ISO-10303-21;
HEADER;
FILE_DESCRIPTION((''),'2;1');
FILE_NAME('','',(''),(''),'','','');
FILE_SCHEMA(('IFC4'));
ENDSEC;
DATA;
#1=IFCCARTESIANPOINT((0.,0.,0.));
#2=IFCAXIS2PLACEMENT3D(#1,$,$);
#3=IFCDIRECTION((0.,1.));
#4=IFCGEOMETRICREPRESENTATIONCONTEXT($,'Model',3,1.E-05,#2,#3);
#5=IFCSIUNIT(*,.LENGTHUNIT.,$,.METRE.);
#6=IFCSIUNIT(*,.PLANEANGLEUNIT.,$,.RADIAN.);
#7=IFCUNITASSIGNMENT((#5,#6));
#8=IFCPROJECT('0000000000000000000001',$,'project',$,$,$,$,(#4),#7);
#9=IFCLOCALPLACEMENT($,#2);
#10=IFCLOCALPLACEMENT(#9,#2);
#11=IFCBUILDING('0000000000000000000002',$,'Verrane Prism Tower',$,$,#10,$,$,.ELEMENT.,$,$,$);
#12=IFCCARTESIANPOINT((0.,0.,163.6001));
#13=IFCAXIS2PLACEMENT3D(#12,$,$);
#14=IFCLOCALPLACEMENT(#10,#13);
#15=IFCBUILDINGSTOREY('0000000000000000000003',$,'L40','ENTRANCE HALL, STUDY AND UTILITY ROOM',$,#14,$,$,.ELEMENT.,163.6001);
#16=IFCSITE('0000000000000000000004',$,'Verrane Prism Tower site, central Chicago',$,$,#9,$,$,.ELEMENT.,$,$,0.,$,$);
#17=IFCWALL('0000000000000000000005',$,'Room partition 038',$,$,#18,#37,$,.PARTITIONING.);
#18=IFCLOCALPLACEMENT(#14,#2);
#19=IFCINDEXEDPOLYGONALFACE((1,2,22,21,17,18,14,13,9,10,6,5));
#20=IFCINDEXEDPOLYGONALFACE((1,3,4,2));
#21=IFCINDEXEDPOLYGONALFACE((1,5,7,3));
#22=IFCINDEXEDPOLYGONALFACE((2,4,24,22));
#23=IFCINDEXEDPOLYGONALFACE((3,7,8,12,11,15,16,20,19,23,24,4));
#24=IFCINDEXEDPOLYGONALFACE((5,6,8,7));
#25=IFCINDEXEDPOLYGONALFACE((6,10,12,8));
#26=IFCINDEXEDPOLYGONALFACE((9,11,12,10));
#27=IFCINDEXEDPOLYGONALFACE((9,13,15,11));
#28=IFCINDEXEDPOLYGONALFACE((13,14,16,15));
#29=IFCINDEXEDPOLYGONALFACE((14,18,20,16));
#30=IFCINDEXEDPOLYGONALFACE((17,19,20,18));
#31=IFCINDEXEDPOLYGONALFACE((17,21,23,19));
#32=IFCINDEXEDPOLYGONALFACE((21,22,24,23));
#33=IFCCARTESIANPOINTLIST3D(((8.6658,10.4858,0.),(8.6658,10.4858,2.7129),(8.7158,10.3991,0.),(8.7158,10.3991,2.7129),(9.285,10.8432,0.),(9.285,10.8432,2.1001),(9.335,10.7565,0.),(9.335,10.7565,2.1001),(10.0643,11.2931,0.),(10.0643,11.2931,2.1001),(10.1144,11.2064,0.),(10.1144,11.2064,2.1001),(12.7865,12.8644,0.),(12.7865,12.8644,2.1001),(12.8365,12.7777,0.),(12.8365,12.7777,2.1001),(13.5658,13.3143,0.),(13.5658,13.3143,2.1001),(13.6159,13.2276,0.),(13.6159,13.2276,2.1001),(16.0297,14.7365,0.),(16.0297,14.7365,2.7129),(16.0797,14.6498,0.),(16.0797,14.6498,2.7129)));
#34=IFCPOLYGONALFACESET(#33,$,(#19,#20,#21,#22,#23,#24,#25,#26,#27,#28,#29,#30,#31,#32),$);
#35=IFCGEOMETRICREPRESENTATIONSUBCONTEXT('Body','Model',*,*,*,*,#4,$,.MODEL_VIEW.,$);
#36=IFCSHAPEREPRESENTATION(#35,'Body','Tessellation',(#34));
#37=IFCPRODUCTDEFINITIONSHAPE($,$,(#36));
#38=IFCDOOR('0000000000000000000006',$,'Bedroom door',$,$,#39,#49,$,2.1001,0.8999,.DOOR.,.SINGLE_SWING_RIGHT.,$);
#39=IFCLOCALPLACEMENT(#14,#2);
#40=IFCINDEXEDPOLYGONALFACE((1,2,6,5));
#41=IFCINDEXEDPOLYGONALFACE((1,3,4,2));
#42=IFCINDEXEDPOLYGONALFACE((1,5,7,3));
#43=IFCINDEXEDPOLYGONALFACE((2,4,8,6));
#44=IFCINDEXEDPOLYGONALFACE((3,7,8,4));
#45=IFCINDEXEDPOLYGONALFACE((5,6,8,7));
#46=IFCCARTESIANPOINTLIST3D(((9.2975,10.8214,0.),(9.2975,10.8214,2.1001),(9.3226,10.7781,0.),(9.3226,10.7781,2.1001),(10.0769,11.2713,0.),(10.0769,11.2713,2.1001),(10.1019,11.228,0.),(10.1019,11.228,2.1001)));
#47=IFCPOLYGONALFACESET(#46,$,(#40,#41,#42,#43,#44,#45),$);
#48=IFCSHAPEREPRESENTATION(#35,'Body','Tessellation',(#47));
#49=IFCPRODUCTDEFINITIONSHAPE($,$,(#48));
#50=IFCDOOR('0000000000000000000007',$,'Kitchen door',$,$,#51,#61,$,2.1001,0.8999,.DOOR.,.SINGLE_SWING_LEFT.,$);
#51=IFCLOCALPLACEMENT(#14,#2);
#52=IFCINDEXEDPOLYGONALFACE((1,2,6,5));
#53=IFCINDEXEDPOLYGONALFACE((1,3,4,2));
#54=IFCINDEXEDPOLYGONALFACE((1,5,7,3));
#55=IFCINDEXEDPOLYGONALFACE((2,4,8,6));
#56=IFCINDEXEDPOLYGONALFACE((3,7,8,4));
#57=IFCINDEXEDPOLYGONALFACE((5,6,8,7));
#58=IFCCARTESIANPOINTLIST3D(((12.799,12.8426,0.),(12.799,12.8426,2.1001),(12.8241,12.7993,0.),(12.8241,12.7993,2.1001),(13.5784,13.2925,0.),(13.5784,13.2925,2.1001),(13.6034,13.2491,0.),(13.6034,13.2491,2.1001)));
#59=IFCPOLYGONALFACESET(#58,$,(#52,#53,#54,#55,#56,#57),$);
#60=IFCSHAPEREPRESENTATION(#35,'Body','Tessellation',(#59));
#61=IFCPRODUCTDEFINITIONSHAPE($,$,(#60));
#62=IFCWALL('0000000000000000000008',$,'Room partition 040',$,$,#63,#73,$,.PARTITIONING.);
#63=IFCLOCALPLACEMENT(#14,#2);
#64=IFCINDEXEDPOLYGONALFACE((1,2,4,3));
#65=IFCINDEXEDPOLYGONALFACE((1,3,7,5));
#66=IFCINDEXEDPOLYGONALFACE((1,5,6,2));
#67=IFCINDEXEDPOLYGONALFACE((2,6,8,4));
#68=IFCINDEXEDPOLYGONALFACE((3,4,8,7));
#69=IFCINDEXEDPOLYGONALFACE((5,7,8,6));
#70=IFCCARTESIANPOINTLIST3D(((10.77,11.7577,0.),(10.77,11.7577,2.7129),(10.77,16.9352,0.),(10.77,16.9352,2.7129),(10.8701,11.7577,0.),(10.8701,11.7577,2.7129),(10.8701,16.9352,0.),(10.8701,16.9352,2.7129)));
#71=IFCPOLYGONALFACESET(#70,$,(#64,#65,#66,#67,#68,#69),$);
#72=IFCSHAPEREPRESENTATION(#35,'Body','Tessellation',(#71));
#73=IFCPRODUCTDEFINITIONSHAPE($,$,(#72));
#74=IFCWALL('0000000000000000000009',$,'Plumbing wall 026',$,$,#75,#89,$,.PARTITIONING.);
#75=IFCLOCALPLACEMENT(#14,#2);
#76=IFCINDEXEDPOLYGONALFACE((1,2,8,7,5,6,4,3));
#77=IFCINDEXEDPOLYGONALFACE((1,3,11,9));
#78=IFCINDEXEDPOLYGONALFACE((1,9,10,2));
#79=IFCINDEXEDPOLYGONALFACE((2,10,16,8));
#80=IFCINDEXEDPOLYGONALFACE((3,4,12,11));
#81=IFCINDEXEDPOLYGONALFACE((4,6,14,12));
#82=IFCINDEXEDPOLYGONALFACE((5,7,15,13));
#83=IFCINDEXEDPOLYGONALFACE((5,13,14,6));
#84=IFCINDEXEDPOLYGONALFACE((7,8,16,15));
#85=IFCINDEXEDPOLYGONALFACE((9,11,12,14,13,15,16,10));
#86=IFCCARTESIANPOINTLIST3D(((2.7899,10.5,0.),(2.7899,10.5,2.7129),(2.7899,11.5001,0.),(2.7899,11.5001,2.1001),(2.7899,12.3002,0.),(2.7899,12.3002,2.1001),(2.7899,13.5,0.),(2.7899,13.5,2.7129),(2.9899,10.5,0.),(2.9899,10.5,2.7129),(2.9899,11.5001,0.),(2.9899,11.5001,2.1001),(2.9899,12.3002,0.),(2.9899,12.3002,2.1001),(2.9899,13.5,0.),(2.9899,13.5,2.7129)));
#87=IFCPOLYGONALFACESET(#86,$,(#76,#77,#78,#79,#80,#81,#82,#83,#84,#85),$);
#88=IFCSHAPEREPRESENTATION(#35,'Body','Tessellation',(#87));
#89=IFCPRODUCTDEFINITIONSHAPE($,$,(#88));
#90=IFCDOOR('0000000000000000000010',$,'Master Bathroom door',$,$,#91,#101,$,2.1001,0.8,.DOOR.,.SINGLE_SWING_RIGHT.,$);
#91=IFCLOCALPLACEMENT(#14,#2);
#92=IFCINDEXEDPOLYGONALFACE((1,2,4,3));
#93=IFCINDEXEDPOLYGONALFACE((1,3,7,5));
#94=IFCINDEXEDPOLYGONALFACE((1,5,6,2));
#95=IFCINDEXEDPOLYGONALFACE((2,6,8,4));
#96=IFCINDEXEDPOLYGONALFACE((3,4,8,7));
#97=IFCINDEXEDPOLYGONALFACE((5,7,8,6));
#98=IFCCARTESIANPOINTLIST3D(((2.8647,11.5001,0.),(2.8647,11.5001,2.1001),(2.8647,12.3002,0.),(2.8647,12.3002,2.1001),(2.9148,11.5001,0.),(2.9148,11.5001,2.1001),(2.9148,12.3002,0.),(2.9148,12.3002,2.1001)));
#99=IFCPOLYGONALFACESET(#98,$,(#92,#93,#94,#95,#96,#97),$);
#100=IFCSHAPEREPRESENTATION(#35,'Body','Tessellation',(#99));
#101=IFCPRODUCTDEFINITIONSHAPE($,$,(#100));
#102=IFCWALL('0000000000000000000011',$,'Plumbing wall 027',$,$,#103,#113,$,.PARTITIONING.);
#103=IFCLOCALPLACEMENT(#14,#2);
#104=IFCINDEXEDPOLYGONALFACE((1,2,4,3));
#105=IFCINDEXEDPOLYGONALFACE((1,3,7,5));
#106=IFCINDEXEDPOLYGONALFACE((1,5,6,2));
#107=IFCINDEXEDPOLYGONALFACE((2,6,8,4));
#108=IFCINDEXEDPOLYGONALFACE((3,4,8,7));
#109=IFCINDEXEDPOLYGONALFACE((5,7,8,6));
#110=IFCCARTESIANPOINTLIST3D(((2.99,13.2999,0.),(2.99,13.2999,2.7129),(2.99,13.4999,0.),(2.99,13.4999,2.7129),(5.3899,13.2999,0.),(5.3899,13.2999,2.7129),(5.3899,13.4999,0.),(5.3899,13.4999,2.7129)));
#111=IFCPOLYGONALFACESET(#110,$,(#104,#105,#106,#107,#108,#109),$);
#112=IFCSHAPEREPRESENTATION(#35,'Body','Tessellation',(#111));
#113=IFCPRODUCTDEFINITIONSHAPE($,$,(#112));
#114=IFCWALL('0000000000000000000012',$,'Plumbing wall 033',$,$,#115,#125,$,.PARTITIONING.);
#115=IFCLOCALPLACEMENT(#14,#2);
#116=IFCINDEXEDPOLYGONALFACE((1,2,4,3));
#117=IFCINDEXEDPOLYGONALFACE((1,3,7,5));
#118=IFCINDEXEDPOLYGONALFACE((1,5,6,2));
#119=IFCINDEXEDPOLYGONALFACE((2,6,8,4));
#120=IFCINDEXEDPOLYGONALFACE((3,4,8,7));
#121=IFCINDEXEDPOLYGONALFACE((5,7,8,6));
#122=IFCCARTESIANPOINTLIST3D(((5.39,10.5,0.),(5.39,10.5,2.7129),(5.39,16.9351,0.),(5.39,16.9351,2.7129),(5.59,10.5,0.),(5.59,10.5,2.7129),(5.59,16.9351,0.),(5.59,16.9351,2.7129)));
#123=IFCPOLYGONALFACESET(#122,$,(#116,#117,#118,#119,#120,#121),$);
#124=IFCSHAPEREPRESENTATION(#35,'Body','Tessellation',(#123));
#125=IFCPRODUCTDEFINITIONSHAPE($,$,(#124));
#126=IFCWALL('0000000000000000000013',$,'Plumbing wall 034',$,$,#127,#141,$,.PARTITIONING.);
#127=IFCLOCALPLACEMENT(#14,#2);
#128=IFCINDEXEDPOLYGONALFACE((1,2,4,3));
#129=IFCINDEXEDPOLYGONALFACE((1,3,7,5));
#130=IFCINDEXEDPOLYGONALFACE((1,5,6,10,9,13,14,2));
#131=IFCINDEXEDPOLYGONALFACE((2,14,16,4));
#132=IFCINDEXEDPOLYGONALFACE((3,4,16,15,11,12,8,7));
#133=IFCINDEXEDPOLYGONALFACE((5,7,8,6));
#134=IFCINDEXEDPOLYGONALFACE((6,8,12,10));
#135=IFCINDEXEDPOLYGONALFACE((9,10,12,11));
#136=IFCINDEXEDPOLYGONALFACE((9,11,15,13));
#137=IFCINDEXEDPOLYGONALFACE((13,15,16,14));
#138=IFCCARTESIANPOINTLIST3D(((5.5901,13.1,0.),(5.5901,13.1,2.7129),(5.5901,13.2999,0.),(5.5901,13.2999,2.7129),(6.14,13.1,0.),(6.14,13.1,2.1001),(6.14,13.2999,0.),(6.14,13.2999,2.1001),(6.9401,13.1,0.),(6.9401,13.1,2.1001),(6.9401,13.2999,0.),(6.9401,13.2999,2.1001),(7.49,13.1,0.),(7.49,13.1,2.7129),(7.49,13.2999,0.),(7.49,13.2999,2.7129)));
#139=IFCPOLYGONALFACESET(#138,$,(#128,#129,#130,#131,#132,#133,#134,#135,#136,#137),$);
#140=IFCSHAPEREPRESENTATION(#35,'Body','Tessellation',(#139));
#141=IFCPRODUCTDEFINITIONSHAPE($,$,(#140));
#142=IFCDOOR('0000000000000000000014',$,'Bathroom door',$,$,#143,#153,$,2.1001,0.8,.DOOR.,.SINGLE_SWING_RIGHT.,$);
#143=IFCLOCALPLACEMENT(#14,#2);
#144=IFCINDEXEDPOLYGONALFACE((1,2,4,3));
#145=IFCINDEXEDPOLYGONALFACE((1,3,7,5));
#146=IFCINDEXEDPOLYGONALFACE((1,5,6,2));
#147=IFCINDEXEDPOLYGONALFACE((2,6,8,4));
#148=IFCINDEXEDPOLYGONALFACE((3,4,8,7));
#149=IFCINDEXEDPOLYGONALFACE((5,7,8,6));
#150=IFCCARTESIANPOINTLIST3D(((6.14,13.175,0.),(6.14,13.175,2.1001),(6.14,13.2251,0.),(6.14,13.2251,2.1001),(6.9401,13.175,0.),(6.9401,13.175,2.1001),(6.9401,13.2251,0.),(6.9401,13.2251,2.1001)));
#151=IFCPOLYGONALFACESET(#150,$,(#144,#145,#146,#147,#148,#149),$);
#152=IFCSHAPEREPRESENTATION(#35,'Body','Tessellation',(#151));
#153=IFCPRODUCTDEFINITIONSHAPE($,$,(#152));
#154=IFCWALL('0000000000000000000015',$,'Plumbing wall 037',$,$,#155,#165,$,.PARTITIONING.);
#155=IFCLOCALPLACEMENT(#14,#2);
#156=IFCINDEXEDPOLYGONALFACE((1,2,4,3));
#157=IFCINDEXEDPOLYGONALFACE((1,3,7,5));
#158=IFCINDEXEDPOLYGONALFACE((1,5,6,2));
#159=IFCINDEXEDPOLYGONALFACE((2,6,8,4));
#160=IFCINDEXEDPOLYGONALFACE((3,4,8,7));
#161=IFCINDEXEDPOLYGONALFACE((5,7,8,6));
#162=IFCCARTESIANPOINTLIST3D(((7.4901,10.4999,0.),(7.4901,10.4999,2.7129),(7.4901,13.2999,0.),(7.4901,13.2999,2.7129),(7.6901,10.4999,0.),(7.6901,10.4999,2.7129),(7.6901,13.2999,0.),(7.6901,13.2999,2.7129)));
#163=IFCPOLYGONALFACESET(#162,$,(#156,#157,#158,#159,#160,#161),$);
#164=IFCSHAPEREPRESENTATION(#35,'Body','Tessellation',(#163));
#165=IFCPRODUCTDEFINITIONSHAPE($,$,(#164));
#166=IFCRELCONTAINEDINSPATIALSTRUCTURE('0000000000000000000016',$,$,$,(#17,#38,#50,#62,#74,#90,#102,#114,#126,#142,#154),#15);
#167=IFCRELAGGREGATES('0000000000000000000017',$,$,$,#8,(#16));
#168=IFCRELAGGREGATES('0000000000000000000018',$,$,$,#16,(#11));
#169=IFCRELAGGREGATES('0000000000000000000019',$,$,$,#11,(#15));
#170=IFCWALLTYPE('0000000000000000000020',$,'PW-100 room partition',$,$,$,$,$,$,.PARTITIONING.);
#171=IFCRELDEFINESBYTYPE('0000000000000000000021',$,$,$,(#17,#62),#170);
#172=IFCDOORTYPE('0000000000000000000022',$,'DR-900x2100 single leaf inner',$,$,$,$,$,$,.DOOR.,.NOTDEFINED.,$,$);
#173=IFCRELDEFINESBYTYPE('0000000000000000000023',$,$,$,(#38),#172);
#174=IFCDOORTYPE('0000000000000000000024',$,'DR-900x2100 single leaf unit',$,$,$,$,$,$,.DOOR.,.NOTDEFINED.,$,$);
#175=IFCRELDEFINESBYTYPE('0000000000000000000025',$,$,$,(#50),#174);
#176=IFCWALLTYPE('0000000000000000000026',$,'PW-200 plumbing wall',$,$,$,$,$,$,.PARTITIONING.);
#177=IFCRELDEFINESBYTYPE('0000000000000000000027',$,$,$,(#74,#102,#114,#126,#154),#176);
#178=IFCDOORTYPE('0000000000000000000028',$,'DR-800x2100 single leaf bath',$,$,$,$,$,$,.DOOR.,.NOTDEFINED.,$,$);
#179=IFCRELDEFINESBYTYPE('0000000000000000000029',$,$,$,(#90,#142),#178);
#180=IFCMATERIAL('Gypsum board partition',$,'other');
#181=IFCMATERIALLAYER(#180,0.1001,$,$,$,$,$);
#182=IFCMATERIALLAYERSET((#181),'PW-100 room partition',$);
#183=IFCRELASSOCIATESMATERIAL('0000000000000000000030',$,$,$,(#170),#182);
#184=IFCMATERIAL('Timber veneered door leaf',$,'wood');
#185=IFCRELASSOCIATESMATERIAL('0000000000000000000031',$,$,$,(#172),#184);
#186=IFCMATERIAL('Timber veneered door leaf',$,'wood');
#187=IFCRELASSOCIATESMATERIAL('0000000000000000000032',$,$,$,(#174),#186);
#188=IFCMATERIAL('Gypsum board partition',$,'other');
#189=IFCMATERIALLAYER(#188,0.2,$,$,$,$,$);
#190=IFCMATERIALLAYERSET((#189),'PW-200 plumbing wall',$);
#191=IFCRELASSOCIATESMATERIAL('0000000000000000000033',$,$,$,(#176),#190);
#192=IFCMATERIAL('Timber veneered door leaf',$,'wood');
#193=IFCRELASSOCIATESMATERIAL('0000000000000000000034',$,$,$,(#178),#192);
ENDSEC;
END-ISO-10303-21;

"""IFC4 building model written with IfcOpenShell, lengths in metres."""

from ifc_helpers import new_model, si_unit, direction, frame, frame_2d, origin, place, context, subcontext, project, spatial, rectangle, extrude, material, layer, layer_set, type_object, element, fill, save


model = new_model("IFC4")

# Units and contexts
model_context = context("Model", 3, precision=1e-05, world=origin(), true_north=direction((0.0, 1.0)))
body_context = subcontext(model_context, "Body", "Model", "MODEL_VIEW")
ifc_project = project(units=[si_unit("LENGTHUNIT", "METRE"), si_unit("PLANEANGLEUNIT", "RADIAN")], contexts=[model_context])

# Site, building, storey
site_placement = place(None, origin())
site = spatial("IfcSite", under=ifc_project, at=site_placement, Name="Verrane Prism Tower site, central Chicago", CompositionType="ELEMENT", RefElevation=0.0)
building_placement = place(site_placement, origin())
building = spatial("IfcBuilding", under=site, at=building_placement, Name="Verrane Prism Tower", CompositionType="ELEMENT")
storey_placement = place(building_placement, frame((0.0, 0.0, 163.6001)))
storey = spatial("IfcBuildingStorey", under=building, at=storey_placement, Name="L40", Description="ENTRANCE HALL, STUDY AND UTILITY ROOM", CompositionType="ELEMENT", Elevation=163.6001)

# Wall, openings, doors
ifc_material_1 = material(Name="Gypsum board partition", Category="other")
ifc_layer_1 = layer(ifc_material_1, 0.1001)
ifc_layer_set_1 = layer_set([ifc_layer_1], Name="PW-100 room partition")
wall_type_1 = type_object("IfcWallType", Name="PW-100 room partition", PredefinedType="PARTITIONING", material=ifc_layer_set_1)
wall_1_placement = place(storey_placement, frame((8.6907, 10.4424, 0.0), z_axis=(0.0, 0.0, 1.0), x_axis=(0.86607, 0.499922, 0.0)))
wall_1 = element("IfcWall", 1, at=wall_1_placement, inside=storey, type_object=wall_type_1, Name="Room partition 038", PredefinedType="PARTITIONING", context=body_context, shape_type="SweptSolid", body=[
    extrude(rectangle(XDim=8.5027, YDim=0.1001, at=frame_2d((4.2515, 0.0))), origin(), (0.0, 0.0, 1.0), 2.7129),
])
opening_1_placement = place(wall_1_placement, frame((4.7581, 0.0, 0.0)))
opening_1 = element("IfcOpeningElement", 2, at=opening_1_placement, cuts=wall_1, PredefinedType="OPENING", context=body_context, shape_type="SweptSolid", body=[
    extrude(rectangle(XDim=0.8999, YDim=2.1001, at=frame_2d((0.45, 1.05))), frame((0.0, 0.0601, 0.0), z_axis=(0.0, -1.0, 0.0), x_axis=(1.0, 0.0, 0.0)), (0.0, 0.0, 1.0), 0.1201),
])
opening_2_placement = place(wall_1_placement, frame((0.7151, 0.0, 0.0)))
opening_2 = element("IfcOpeningElement", 3, at=opening_2_placement, cuts=wall_1, PredefinedType="OPENING", context=body_context, shape_type="SweptSolid", body=[
    extrude(rectangle(XDim=0.8999, YDim=2.1001, at=frame_2d((0.45, 1.05))), frame((0.0, 0.0601, 0.0), z_axis=(0.0, -1.0, 0.0), x_axis=(1.0, 0.0, 0.0)), (0.0, 0.0, 1.0), 0.1201),
])
ifc_material_2 = material(Name="Timber veneered door leaf", Category="wood")
door_type_1 = type_object("IfcDoorType", Name="DR-900x2100 single leaf inner", OperationType="NOTDEFINED", PredefinedType="DOOR", material=ifc_material_2)
door_1_placement = place(opening_2_placement, origin())
door_1 = element("IfcDoor", 4, at=door_1_placement, inside=storey, type_object=door_type_1, Name="Bedroom door", OperationType="SINGLE_SWING_RIGHT", OverallHeight=2.1001, OverallWidth=0.8999, PredefinedType="DOOR", context=body_context, shape_type="SweptSolid", body=[
    extrude(rectangle(XDim=0.8999, YDim=2.1001, at=frame_2d((0.45, 1.05))), frame((0.0, 0.0249, 0.0), z_axis=(0.0, -1.0, 0.0), x_axis=(1.0, 0.0, 0.0)), (0.0, 0.0, 1.0), 0.05),
])
fill(opening_2, door_1)
ifc_material_3 = material(Name="Timber veneered door leaf", Category="wood")
door_type_2 = type_object("IfcDoorType", Name="DR-900x2100 single leaf unit", OperationType="NOTDEFINED", PredefinedType="DOOR", material=ifc_material_3)
door_2_placement = place(opening_1_placement, origin())
door_2 = element("IfcDoor", 5, at=door_2_placement, inside=storey, type_object=door_type_2, Name="Kitchen door", OperationType="SINGLE_SWING_LEFT", OverallHeight=2.1001, OverallWidth=0.8999, PredefinedType="DOOR", context=body_context, shape_type="SweptSolid", body=[
    extrude(rectangle(XDim=0.8999, YDim=2.1001, at=frame_2d((0.45, 1.05))), frame((0.0, 0.0249, 0.0), z_axis=(0.0, -1.0, 0.0), x_axis=(1.0, 0.0, 0.0)), (0.0, 0.0, 1.0), 0.05),
])
fill(opening_1, door_2)

# Wall
wall_2_placement = place(storey_placement, frame((10.8201, 11.7576, 0.0), z_axis=(0.0, 0.0, 1.0), x_axis=(0.0, 1.0, 0.0)))
element("IfcWall", 6, at=wall_2_placement, inside=storey, type_object=wall_type_1, Name="Room partition 040", PredefinedType="PARTITIONING", context=body_context, shape_type="SweptSolid", body=[
    extrude(rectangle(XDim=5.1775, YDim=0.1001, at=frame_2d((2.5889, 0.0))), origin(), (0.0, 0.0, 1.0), 2.7129),
])

# Wall, opening, door
ifc_material_4 = material(Name="Gypsum board partition", Category="other")
ifc_layer_2 = layer(ifc_material_4, 0.2)
ifc_layer_set_2 = layer_set([ifc_layer_2], Name="PW-200 plumbing wall")
wall_type_2 = type_object("IfcWallType", Name="PW-200 plumbing wall", PredefinedType="PARTITIONING", material=ifc_layer_set_2)
wall_3_placement = place(storey_placement, frame((2.8899, 13.5, 0.0), z_axis=(0.0, 0.0, 1.0), x_axis=(0.0, -1.0, 0.0)))
wall_3 = element("IfcWall", 7, at=wall_3_placement, inside=storey, type_object=wall_type_2, Name="Plumbing wall 026", PredefinedType="PARTITIONING", context=body_context, shape_type="SweptSolid", body=[
    extrude(rectangle(XDim=3.0, YDim=0.2, at=frame_2d((1.5, 0.0))), origin(), (0.0, 0.0, 1.0), 2.7129),
])
opening_3_placement = place(wall_3_placement, frame((1.2, 0.0, 0.0)))
opening_3 = element("IfcOpeningElement", 8, at=opening_3_placement, cuts=wall_3, PredefinedType="OPENING", context=body_context, shape_type="SweptSolid", body=[
    extrude(rectangle(XDim=0.8, YDim=2.1001, at=frame_2d((0.3999, 1.05))), frame((0.0, 0.1099, 0.0), z_axis=(0.0, -1.0, 0.0), x_axis=(1.0, 0.0, 0.0)), (0.0, 0.0, 1.0), 0.22),
])
ifc_material_5 = material(Name="Timber veneered door leaf", Category="wood")
door_type_3 = type_object("IfcDoorType", Name="DR-800x2100 single leaf bath", OperationType="NOTDEFINED", PredefinedType="DOOR", material=ifc_material_5)
door_3_placement = place(opening_3_placement, origin())
door_3 = element("IfcDoor", 9, at=door_3_placement, inside=storey, type_object=door_type_3, Name="Master Bathroom door", OperationType="SINGLE_SWING_RIGHT", OverallHeight=2.1001, OverallWidth=0.8, PredefinedType="DOOR", context=body_context, shape_type="SweptSolid", body=[
    extrude(rectangle(XDim=0.8, YDim=2.1001, at=frame_2d((0.3999, 1.05))), frame((0.0, 0.0249, 0.0), z_axis=(0.0, -1.0, 0.0), x_axis=(1.0, 0.0, 0.0)), (0.0, 0.0, 1.0), 0.05),
])
fill(opening_3, door_3)

# Walls
wall_4_placement = place(storey_placement, frame((2.99, 13.3999, 0.0), z_axis=(0.0, 0.0, 1.0), x_axis=(1.0, 0.0, 0.0)))
element("IfcWall", 10, at=wall_4_placement, inside=storey, type_object=wall_type_2, Name="Plumbing wall 027", PredefinedType="PARTITIONING", context=body_context, shape_type="SweptSolid", body=[
    extrude(rectangle(XDim=2.3999, YDim=0.2, at=frame_2d((1.2, 0.0))), origin(), (0.0, 0.0, 1.0), 2.7129),
])
wall_5_placement = place(storey_placement, frame((5.49, 10.5, 0.0), z_axis=(0.0, 0.0, 1.0), x_axis=(0.0, 1.0, 0.0)))
element("IfcWall", 11, at=wall_5_placement, inside=storey, type_object=wall_type_2, Name="Plumbing wall 033", PredefinedType="PARTITIONING", context=body_context, shape_type="SweptSolid", body=[
    extrude(rectangle(XDim=6.4351, YDim=0.2, at=frame_2d((3.2175, 0.0))), origin(), (0.0, 0.0, 1.0), 2.7129),
])

# Wall, opening, door
wall_6_placement = place(storey_placement, frame((7.49, 13.2, 0.0), z_axis=(0.0, 0.0, 1.0), x_axis=(-1.0, 0.0, 0.0)))
wall_6 = element("IfcWall", 12, at=wall_6_placement, inside=storey, type_object=wall_type_2, Name="Plumbing wall 034", PredefinedType="PARTITIONING", context=body_context, shape_type="SweptSolid", body=[
    extrude(rectangle(XDim=1.8999, YDim=0.2, at=frame_2d((0.95, 0.0))), origin(), (0.0, 0.0, 1.0), 2.7129),
])
opening_4_placement = place(wall_6_placement, frame((0.55, 0.0, 0.0)))
opening_4 = element("IfcOpeningElement", 13, at=opening_4_placement, cuts=wall_6, PredefinedType="OPENING", context=body_context, shape_type="SweptSolid", body=[
    extrude(rectangle(XDim=0.8, YDim=2.1001, at=frame_2d((0.3999, 1.05))), frame((0.0, 0.1099, 0.0), z_axis=(0.0, -1.0, 0.0), x_axis=(1.0, 0.0, 0.0)), (0.0, 0.0, 1.0), 0.22),
])
door_4_placement = place(opening_4_placement, origin())
door_4 = element("IfcDoor", 14, at=door_4_placement, inside=storey, type_object=door_type_3, Name="Bathroom door", OperationType="SINGLE_SWING_RIGHT", OverallHeight=2.1001, OverallWidth=0.8, PredefinedType="DOOR", context=body_context, shape_type="SweptSolid", body=[
    extrude(rectangle(XDim=0.8, YDim=2.1001, at=frame_2d((0.3999, 1.05))), frame((0.0, 0.0249, 0.0), z_axis=(0.0, -1.0, 0.0), x_axis=(1.0, 0.0, 0.0)), (0.0, 0.0, 1.0), 0.05),
])
fill(opening_4, door_4)

# Wall
wall_7_placement = place(storey_placement, frame((7.5901, 10.5, 0.0), z_axis=(0.0, 0.0, 1.0), x_axis=(0.0, 1.0, 0.0)))
element("IfcWall", 15, at=wall_7_placement, inside=storey, type_object=wall_type_2, Name="Plumbing wall 037", PredefinedType="PARTITIONING", context=body_context, shape_type="SweptSolid", body=[
    extrude(rectangle(XDim=2.8, YDim=0.2, at=frame_2d((1.3999, 0.0))), origin(), (0.0, 0.0, 1.0), 2.7129),
])

save(model, "model.ifc")
